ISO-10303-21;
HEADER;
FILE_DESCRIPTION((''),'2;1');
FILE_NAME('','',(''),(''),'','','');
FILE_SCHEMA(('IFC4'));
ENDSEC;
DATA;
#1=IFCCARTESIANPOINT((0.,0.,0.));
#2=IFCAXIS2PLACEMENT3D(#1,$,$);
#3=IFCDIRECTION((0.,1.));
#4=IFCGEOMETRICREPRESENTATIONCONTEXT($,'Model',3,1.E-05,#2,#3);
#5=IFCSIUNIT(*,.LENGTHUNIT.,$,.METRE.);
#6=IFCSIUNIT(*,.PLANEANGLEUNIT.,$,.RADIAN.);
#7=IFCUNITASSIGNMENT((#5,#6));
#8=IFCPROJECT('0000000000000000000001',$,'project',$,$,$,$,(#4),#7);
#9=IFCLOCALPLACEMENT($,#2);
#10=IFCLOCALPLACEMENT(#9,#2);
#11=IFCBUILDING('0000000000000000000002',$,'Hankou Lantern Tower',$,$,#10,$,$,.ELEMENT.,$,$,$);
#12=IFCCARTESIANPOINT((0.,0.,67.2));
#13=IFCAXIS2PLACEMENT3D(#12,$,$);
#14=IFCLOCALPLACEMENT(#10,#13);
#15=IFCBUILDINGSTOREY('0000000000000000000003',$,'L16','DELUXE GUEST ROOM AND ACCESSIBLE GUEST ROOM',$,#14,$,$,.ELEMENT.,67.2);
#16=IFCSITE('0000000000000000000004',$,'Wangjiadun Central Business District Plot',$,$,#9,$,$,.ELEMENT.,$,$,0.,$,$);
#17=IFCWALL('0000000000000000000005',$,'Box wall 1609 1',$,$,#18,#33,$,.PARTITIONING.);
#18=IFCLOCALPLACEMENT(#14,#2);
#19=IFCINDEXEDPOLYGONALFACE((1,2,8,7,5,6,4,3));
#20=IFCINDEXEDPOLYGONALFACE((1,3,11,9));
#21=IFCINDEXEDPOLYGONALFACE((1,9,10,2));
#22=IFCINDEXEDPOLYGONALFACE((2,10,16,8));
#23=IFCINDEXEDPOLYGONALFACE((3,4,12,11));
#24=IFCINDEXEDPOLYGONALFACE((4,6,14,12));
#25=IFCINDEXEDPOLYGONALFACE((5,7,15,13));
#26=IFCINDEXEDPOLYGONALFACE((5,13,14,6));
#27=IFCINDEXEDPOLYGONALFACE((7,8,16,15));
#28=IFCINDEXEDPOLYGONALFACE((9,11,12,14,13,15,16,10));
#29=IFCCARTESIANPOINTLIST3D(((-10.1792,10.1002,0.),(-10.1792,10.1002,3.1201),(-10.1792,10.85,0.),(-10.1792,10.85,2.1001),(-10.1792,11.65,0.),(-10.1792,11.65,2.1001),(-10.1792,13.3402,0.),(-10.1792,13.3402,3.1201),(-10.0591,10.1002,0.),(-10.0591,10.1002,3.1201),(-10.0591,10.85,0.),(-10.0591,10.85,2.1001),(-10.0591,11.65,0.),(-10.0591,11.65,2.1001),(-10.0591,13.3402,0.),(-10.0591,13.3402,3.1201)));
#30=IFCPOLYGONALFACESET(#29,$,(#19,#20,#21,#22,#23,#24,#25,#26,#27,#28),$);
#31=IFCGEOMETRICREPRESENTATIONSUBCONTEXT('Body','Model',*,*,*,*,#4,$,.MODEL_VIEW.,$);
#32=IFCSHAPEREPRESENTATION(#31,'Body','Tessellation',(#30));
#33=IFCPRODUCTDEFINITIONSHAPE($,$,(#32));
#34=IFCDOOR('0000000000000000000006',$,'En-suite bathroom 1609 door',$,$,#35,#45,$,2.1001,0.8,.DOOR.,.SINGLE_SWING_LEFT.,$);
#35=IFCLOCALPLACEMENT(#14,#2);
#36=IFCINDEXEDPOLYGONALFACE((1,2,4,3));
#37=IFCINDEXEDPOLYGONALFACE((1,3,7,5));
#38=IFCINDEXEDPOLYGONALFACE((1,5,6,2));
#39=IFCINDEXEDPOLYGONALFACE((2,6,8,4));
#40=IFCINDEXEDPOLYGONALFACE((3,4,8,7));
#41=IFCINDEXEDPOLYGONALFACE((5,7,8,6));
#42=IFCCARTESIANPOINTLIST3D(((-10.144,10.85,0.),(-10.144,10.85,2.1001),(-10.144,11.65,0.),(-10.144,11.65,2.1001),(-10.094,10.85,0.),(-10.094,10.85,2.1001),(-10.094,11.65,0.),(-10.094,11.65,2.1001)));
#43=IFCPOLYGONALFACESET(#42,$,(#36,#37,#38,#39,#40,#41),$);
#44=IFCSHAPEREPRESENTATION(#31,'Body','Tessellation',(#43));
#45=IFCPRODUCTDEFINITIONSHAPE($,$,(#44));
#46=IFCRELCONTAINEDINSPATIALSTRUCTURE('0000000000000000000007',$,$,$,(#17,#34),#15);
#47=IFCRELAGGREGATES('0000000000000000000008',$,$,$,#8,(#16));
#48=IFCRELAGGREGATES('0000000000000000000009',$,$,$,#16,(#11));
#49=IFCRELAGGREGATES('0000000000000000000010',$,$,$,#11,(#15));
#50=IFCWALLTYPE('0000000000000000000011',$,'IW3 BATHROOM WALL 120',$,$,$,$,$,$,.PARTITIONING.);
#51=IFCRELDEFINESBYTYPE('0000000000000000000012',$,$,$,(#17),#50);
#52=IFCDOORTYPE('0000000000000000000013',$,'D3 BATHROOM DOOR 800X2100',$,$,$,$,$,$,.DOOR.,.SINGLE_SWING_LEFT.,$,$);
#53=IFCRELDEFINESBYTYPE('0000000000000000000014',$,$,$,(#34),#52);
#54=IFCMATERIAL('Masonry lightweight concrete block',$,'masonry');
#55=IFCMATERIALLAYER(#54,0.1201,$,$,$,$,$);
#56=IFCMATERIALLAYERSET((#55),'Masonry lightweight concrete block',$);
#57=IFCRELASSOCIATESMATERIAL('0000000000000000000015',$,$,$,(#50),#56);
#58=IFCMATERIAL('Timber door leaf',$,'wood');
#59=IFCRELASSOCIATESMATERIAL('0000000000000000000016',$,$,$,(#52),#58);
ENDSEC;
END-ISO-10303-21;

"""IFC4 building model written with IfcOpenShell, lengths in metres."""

from ifc_helpers import new_model, si_unit, direction, frame, frame_2d, origin, place, context, subcontext, project, spatial, rectangle, extrude, material, layer, layer_set, type_object, element, fill, save


model = new_model("IFC4")

# Units and contexts
model_context = context("Model", 3, precision=1e-05, world=origin(), true_north=direction((0.0, 1.0)))
body_context = subcontext(model_context, "Body", "Model", "MODEL_VIEW")
ifc_project = project(units=[si_unit("LENGTHUNIT", "METRE"), si_unit("PLANEANGLEUNIT", "RADIAN")], contexts=[model_context])

# Site, building, storey
site_placement = place(None, origin())
site = spatial("IfcSite", under=ifc_project, at=site_placement, Name="Wangjiadun Central Business District Plot", CompositionType="ELEMENT", RefElevation=0.0)
building_placement = place(site_placement, origin())
building = spatial("IfcBuilding", under=site, at=building_placement, Name="Hankou Lantern Tower", CompositionType="ELEMENT")
storey_placement = place(building_placement, frame((0.0, 0.0, 67.2)))
storey = spatial("IfcBuildingStorey", under=building, at=storey_placement, Name="L16", Description="DELUXE GUEST ROOM AND ACCESSIBLE GUEST ROOM", CompositionType="ELEMENT", Elevation=67.2)

# Shared definitions
ifc_material_1 = material(Name="Masonry lightweight concrete block", Category="masonry")
ifc_layer_1 = layer(ifc_material_1, 0.1201)
ifc_layer_set_1 = layer_set([ifc_layer_1], Name="Masonry lightweight concrete block")
wall_type_1 = type_object("IfcWallType", Name="IW3 BATHROOM WALL 120", PredefinedType="PARTITIONING", material=ifc_layer_set_1)

# Wall, opening, door
wall_1_placement = place(storey_placement, frame((-10.1191, 10.1001, 0.0), z_axis=(0.0, 0.0, 1.0), x_axis=(0.0, 1.0, 0.0)))
wall_1 = element("IfcWall", 1, at=wall_1_placement, inside=storey, type_object=wall_type_1, Name="Box wall 1609 1", PredefinedType="PARTITIONING", context=body_context, shape_type="SweptSolid", body=[
    extrude(rectangle(XDim=3.24, YDim=0.1201, at=frame_2d((1.6201, 0.0))), origin(), (0.0, 0.0, 1.0), 3.1201),
])
opening_1_placement = place(wall_1_placement, frame((0.75, 0.0, 0.0)))
opening_1 = element("IfcOpeningElement", 2, at=opening_1_placement, cuts=wall_1, PredefinedType="OPENING", context=body_context, shape_type="SweptSolid", body=[
    extrude(rectangle(XDim=0.8, YDim=2.1001, at=frame_2d((0.3999, 1.05))), frame((0.0, 0.0701, 0.0), z_axis=(0.0, -1.0, 0.0), x_axis=(1.0, 0.0, 0.0)), (0.0, 0.0, 1.0), 0.1401),
])
ifc_material_2 = material(Name="Timber door leaf", Category="wood")
door_type_1 = type_object("IfcDoorType", Name="D3 BATHROOM DOOR 800X2100", OperationType="SINGLE_SWING_LEFT", PredefinedType="DOOR", material=ifc_material_2)
door_1_placement = place(opening_1_placement, origin())
door_1 = element("IfcDoor", 3, at=door_1_placement, inside=storey, type_object=door_type_1, Name="En-suite bathroom 1609 door", OperationType="SINGLE_SWING_LEFT", OverallHeight=2.1001, OverallWidth=0.8, PredefinedType="DOOR", context=body_context, shape_type="SweptSolid", body=[
    extrude(rectangle(XDim=0.8, YDim=2.1001, at=frame_2d((0.3999, 1.05))), frame((0.0, 0.0249, 0.0), z_axis=(0.0, -1.0, 0.0), x_axis=(1.0, 0.0, 0.0)), (0.0, 0.0, 1.0), 0.05),
])
fill(opening_1, door_1)

save(model, "model.ifc")
